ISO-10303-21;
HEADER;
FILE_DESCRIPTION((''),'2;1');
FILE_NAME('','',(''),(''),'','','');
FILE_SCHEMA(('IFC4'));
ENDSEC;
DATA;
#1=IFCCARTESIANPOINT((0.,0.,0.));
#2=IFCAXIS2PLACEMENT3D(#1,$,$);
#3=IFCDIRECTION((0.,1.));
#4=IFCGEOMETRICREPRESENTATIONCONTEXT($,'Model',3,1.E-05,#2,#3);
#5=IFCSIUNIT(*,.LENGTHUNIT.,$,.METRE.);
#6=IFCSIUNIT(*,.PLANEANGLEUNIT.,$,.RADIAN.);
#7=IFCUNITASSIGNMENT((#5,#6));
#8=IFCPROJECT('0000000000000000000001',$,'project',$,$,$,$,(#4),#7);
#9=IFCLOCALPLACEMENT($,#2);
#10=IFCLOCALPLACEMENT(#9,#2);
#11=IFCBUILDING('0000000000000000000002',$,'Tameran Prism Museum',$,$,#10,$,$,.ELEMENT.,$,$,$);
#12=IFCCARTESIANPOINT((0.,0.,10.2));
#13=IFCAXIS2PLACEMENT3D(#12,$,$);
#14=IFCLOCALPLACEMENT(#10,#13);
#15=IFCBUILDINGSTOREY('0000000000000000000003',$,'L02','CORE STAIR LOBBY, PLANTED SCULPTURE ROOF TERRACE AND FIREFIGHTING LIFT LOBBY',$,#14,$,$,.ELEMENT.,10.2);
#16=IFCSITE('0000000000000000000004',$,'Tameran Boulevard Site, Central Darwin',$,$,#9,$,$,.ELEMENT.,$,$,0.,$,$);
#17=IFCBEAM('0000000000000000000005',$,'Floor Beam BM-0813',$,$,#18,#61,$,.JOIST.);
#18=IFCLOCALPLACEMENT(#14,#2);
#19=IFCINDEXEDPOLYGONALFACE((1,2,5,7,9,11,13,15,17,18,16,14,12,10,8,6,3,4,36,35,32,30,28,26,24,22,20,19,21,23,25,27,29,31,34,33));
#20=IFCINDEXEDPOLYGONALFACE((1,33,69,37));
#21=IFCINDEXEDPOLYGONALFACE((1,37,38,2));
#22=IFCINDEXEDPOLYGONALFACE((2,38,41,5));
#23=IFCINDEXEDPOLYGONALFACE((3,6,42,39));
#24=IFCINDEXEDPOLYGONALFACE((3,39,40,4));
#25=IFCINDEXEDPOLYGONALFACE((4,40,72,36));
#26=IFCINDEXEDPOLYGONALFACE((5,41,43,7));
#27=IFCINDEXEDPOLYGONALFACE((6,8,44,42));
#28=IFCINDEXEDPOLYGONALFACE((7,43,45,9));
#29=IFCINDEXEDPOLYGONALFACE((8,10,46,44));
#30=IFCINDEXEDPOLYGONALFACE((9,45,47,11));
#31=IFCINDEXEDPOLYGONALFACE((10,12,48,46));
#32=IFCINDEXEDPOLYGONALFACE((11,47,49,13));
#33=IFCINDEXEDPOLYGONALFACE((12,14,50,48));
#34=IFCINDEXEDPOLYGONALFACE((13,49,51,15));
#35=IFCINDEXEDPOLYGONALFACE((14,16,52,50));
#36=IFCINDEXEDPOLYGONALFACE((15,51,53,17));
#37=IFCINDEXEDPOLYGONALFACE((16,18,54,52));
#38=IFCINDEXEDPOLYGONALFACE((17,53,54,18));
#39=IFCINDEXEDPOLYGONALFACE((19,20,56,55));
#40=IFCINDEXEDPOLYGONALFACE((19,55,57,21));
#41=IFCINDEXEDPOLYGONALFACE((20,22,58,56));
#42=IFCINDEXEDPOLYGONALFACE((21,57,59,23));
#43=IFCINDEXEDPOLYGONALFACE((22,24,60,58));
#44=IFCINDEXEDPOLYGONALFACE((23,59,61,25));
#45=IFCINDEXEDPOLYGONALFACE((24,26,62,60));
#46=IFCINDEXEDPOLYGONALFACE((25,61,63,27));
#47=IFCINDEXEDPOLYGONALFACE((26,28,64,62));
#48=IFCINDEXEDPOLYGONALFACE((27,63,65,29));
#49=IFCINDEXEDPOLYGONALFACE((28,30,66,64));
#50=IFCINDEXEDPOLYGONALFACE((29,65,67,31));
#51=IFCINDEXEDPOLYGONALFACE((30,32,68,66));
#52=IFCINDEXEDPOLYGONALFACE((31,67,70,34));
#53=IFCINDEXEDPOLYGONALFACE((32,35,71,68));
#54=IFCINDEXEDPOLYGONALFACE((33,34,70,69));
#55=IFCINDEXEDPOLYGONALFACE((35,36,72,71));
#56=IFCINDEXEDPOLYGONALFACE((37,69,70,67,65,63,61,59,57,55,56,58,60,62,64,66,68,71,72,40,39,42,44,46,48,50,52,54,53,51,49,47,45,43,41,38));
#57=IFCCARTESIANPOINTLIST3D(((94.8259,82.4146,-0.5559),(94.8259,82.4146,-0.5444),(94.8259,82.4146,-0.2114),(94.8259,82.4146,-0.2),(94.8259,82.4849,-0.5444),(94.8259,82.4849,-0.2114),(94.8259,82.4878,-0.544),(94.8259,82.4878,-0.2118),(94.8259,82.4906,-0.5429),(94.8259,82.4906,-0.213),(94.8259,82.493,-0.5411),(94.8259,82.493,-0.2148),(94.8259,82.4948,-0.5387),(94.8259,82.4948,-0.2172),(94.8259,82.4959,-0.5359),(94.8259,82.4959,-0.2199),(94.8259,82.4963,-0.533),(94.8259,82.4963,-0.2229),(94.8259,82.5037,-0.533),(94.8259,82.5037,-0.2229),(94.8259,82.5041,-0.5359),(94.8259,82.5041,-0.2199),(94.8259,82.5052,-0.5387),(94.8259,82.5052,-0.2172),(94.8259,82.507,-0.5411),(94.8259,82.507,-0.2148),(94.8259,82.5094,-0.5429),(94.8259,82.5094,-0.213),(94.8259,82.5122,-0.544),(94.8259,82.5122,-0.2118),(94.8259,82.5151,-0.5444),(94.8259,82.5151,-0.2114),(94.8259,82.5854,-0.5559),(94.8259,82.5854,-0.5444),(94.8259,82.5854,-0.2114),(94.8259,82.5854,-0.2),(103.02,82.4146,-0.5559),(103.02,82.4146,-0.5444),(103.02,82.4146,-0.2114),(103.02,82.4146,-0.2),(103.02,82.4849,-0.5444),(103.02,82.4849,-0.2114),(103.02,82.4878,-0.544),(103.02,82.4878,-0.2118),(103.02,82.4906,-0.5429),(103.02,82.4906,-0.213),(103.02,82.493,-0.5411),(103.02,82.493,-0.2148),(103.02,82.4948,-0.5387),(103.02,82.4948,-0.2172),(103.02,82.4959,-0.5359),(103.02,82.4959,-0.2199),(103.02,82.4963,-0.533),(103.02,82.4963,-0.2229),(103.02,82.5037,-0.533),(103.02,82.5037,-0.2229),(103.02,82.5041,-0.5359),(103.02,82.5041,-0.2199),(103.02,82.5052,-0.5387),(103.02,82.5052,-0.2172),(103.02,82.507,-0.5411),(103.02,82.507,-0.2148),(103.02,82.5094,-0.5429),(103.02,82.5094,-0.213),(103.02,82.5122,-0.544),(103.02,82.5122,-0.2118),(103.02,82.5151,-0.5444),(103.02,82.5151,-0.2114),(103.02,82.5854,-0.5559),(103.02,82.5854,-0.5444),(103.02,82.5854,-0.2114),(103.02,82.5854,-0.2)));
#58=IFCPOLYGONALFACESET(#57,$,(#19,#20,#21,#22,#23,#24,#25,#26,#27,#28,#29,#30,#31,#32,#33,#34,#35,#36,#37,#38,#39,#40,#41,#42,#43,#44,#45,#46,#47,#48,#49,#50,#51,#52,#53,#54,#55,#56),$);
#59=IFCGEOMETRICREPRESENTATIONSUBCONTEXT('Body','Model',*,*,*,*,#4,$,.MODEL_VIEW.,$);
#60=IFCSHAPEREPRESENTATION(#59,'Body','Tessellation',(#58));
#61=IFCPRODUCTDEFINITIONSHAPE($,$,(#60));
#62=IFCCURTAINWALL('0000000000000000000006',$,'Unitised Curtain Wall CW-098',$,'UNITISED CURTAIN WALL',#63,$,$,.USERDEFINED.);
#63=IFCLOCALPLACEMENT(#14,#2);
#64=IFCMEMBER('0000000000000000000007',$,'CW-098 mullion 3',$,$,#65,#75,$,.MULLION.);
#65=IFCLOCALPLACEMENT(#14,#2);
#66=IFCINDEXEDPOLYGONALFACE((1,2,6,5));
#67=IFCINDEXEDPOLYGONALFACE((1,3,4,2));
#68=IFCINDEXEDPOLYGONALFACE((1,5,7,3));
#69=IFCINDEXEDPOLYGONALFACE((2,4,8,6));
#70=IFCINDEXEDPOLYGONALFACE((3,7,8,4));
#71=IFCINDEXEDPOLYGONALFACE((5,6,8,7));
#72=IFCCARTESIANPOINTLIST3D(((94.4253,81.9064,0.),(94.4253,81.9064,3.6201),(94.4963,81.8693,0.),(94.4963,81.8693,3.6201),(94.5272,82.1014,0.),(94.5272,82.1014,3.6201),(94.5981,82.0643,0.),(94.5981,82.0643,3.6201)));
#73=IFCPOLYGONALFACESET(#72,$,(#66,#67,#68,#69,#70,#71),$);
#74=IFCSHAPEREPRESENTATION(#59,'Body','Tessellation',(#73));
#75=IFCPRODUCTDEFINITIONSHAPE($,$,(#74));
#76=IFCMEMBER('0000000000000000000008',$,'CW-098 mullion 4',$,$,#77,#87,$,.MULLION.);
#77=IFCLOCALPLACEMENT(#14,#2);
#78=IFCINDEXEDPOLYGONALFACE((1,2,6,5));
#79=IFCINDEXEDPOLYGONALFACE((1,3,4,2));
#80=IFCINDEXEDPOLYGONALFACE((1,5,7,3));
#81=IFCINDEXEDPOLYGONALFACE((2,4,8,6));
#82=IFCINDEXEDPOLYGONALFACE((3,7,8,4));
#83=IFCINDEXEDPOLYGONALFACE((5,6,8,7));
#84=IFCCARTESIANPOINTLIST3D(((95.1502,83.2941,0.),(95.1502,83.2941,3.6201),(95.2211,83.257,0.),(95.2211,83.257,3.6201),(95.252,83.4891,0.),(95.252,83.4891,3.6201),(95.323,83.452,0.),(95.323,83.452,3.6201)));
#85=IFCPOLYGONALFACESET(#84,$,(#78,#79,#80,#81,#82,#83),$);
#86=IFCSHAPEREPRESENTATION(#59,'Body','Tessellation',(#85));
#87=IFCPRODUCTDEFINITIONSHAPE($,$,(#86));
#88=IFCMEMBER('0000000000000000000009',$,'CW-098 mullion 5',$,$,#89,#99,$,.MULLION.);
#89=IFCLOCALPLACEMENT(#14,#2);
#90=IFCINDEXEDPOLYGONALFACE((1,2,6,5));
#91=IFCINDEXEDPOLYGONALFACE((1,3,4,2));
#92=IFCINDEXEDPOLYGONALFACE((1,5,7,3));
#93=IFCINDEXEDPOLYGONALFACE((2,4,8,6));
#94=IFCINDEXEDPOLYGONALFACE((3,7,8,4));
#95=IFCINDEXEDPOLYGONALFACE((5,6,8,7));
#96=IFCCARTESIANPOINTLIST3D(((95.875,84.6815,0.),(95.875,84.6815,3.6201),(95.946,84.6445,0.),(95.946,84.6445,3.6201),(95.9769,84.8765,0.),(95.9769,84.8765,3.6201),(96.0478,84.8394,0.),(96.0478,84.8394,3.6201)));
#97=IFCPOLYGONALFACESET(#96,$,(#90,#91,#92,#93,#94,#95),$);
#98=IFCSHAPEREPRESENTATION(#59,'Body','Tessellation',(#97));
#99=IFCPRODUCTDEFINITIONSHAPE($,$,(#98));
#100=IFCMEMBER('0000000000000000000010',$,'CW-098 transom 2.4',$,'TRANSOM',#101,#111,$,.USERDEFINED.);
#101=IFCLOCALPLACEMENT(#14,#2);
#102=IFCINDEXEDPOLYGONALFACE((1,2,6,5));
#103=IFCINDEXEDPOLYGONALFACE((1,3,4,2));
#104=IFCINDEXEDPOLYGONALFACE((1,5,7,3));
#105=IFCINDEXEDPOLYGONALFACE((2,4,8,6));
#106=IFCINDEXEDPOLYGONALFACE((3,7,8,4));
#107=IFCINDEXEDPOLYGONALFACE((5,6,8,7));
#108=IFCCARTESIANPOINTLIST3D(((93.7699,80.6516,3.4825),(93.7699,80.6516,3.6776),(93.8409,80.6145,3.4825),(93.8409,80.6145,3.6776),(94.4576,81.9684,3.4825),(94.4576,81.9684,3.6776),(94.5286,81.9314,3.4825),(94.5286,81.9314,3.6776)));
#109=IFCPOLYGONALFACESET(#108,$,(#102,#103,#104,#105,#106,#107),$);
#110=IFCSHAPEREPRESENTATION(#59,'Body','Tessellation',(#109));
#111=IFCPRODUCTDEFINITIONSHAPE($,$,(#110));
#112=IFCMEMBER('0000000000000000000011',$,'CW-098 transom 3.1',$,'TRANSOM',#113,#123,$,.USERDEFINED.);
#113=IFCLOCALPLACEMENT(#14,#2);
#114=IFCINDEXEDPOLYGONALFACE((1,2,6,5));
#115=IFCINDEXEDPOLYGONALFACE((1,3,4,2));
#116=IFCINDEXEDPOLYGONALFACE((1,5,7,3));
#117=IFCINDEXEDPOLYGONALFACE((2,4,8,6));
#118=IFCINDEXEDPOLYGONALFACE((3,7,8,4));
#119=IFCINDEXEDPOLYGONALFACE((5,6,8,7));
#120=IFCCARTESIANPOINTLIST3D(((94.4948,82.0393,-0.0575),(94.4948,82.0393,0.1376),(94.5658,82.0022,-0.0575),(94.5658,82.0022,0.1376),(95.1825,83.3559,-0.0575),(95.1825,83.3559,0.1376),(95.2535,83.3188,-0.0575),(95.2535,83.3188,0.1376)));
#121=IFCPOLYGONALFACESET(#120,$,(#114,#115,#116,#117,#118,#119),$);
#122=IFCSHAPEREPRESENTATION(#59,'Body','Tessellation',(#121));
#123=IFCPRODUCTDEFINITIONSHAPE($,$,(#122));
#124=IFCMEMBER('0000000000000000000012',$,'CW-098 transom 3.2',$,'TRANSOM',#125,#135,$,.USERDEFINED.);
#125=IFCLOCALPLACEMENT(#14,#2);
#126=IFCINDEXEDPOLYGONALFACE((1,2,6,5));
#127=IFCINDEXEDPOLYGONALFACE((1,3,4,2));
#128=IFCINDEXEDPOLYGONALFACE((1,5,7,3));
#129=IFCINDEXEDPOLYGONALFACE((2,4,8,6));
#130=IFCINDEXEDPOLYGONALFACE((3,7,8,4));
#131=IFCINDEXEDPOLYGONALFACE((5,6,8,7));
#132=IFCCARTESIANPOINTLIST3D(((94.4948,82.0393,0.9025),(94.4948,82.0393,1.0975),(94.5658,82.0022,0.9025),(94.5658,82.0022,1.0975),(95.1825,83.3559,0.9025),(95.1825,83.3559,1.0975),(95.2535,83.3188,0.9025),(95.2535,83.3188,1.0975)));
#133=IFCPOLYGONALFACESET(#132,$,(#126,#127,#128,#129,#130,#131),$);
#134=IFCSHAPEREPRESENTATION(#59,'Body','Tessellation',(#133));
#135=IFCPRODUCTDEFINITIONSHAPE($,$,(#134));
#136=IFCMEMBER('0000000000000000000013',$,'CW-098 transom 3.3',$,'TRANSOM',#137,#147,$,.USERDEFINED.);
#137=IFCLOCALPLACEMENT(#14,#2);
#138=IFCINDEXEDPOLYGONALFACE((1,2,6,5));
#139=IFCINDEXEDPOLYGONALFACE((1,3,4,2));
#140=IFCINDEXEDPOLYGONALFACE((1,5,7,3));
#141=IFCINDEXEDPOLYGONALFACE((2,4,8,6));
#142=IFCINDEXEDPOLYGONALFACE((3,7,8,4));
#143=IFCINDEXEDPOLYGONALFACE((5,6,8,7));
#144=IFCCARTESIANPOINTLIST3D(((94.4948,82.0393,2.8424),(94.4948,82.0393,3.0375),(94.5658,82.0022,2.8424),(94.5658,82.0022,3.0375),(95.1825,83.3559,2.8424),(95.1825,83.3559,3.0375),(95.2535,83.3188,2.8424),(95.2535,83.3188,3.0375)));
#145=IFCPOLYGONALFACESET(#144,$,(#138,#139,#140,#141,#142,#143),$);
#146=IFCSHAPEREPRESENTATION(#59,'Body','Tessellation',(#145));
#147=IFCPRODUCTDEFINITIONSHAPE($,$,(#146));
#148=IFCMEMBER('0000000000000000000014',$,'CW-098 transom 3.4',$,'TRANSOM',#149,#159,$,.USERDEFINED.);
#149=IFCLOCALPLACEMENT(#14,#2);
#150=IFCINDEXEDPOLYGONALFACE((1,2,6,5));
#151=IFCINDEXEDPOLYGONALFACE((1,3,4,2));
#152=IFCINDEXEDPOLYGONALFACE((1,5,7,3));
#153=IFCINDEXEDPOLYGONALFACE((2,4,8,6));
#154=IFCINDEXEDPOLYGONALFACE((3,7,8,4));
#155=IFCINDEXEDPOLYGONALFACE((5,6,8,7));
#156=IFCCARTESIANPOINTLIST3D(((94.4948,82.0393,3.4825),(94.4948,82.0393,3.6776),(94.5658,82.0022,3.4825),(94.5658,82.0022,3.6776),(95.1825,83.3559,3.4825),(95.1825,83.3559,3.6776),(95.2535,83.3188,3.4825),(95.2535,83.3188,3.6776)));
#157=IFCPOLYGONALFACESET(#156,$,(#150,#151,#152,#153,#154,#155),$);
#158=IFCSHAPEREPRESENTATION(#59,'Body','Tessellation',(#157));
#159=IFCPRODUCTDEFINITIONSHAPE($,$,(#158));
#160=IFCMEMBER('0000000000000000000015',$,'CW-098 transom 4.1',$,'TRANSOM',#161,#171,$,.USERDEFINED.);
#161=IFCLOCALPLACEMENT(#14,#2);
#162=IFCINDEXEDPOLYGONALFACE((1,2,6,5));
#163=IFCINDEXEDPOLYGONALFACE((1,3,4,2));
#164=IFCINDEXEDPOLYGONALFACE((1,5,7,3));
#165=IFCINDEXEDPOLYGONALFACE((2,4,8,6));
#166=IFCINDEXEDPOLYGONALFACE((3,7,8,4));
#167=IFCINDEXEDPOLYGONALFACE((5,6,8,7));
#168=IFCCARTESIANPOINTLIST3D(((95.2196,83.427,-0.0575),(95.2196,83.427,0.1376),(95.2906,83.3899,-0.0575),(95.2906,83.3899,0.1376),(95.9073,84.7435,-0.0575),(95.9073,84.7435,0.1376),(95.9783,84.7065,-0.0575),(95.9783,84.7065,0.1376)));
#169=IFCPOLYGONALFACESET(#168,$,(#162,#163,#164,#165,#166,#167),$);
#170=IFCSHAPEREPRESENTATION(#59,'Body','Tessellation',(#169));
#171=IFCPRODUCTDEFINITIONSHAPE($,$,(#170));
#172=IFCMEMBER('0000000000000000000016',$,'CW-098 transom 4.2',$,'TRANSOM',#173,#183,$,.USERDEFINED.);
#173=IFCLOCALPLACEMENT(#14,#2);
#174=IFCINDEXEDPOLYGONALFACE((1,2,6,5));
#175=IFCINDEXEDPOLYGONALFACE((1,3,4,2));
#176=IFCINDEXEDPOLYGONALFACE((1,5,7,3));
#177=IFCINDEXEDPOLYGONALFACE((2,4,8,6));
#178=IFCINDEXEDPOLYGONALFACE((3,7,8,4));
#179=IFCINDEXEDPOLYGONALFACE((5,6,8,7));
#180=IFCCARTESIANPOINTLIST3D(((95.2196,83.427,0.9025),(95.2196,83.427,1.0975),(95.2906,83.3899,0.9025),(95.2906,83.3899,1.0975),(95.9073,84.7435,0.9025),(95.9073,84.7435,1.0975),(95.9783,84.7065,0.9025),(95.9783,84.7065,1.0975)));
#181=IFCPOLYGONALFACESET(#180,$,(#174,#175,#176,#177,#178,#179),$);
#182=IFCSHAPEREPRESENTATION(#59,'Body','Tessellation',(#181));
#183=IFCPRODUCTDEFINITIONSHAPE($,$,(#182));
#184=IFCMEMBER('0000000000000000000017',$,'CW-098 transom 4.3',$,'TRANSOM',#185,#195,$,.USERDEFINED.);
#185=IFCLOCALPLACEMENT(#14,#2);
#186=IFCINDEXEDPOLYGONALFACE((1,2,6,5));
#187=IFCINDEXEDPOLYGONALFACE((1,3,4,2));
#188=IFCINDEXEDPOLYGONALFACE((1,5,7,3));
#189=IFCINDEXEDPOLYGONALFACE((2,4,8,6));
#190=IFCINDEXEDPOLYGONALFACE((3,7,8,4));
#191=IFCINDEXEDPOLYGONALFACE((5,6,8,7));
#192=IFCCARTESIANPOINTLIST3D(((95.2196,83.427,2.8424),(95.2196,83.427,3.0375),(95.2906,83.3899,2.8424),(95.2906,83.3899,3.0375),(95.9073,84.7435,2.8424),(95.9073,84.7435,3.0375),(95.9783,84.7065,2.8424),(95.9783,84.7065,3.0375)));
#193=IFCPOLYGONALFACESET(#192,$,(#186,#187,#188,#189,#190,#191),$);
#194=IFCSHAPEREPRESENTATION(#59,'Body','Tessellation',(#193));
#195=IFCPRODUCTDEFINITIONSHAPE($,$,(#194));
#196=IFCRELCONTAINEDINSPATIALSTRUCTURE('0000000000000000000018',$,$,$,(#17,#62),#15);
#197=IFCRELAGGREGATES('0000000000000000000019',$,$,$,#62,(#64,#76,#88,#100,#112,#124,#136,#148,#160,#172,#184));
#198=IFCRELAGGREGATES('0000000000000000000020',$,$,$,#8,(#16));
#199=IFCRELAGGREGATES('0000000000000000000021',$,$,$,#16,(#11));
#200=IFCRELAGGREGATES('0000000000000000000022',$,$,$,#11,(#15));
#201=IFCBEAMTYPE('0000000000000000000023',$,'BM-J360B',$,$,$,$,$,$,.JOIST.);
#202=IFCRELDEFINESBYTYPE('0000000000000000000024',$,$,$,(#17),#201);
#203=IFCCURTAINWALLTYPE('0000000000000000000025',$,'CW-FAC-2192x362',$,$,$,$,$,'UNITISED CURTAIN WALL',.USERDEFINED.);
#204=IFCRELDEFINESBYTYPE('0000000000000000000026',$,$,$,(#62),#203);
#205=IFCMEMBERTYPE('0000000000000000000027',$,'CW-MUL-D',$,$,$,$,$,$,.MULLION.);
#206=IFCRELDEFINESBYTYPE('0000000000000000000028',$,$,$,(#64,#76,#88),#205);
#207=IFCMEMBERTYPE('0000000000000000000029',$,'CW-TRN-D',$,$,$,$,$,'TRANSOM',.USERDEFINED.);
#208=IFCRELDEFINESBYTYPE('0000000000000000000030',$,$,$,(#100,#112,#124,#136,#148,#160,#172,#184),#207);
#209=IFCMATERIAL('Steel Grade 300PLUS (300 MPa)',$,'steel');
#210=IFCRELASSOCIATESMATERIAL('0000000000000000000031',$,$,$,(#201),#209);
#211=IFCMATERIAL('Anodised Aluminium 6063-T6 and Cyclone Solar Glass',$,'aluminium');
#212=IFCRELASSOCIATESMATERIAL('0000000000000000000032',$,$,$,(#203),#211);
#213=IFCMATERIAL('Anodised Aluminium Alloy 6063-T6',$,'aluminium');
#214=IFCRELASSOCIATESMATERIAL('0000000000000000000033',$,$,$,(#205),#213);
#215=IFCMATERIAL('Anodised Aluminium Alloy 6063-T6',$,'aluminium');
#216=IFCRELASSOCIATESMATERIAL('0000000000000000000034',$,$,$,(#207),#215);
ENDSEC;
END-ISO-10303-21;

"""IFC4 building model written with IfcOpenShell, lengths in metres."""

from ifc_helpers import new_model, si_unit, direction, frame, origin, origin_2d, place, context, subcontext, project, spatial, rectangle, i_section, extrude, material, material_profile, profile_set, type_object, element, aggregate, save


model = new_model("IFC4")

# Units and contexts
model_context = context("Model", 3, precision=1e-05, world=origin(), true_north=direction((0.0, 1.0)))
body_context = subcontext(model_context, "Body", "Model", "MODEL_VIEW")
ifc_project = project(units=[si_unit("LENGTHUNIT", "METRE"), si_unit("PLANEANGLEUNIT", "RADIAN")], contexts=[model_context])

# Site, building, storey
site_placement = place(None, origin())
site = spatial("IfcSite", under=ifc_project, at=site_placement, Name="Tameran Boulevard Site, Central Darwin", CompositionType="ELEMENT", RefElevation=0.0)
building_placement = place(site_placement, origin())
building = spatial("IfcBuilding", under=site, at=building_placement, Name="Tameran Prism Museum", CompositionType="ELEMENT")
storey_placement = place(building_placement, frame((0.0, 0.0, 10.2)))
storey = spatial("IfcBuildingStorey", under=building, at=storey_placement, Name="L02", Description="CORE STAIR LOBBY, PLANTED SCULPTURE ROOF TERRACE AND FIREFIGHTING LIFT LOBBY", CompositionType="ELEMENT", Elevation=10.2)

# Beam
ifc_material_1 = material(Name="Steel Grade 300PLUS (300 MPa)", Category="steel")
ifc_material_profile_1 = material_profile(ifc_material_1, i_section(OverallWidth=0.1709, OverallDepth=0.356, WebThickness=0.0073, FlangeThickness=0.0115, FilletRadius=0.0115, at=origin_2d()))
ifc_profile_set_1 = profile_set([ifc_material_profile_1])
beam_type = type_object("IfcBeamType", Name="BM-J360B", PredefinedType="JOIST", material=ifc_profile_set_1)
beam_placement = place(storey_placement, frame((94.8259, 82.5, -0.3779), z_axis=(1.0, 0.0, 0.0), x_axis=(0.0, 1.0, 0.0)))
element("IfcBeam", 1, at=beam_placement, inside=storey, type_object=beam_type, Name="Floor Beam BM-0813", PredefinedType="JOIST", context=body_context, shape_type="SweptSolid", body=[
    extrude(i_section(OverallWidth=0.1709, OverallDepth=0.356, WebThickness=0.0073, FlangeThickness=0.0115, FilletRadius=0.0115, at=origin_2d()), origin(), (0.0, 0.0, 1.0), 8.1941),
])

# Curtain wall, members
ifc_material_2 = material(Name="Anodised Aluminium 6063-T6 and Cyclone Solar Glass", Category="aluminium")
curtain_wall_type = type_object("IfcCurtainWallType", Name="CW-FAC-2192x362", ElementType="UNITISED CURTAIN WALL", PredefinedType="USERDEFINED", material=ifc_material_2)
curtain_wall_placement = place(storey_placement, origin())
curtain_wall = element("IfcCurtainWall", 2, at=curtain_wall_placement, inside=storey, type_object=curtain_wall_type, Name="Unitised Curtain Wall CW-098", ObjectType="UNITISED CURTAIN WALL", PredefinedType="USERDEFINED")
ifc_material_3 = material(Name="Anodised Aluminium Alloy 6063-T6", Category="aluminium")
ifc_material_profile_2 = material_profile(ifc_material_3, rectangle(XDim=0.0801, YDim=0.22, at=origin_2d()))
ifc_profile_set_2 = profile_set([ifc_material_profile_2])
member_type_1 = type_object("IfcMemberType", Name="CW-MUL-D", PredefinedType="MULLION", material=ifc_profile_set_2)
member_1_placement = place(storey_placement, frame((94.5117, 81.9854, 0.0), z_axis=(0.0, 0.0, 1.0), x_axis=(-0.886357, 0.463003, 0.0)))
member_1 = element("IfcMember", 3, at=member_1_placement, type_object=member_type_1, Name="CW-098 mullion 3", PredefinedType="MULLION", context=body_context, shape_type="SweptSolid", body=[
    extrude(rectangle(XDim=0.0801, YDim=0.22, at=origin_2d()), origin(), (0.0, 0.0, 1.0), 3.6201),
])
member_2_placement = place(storey_placement, frame((95.2366, 83.373, 0.0), z_axis=(0.0, 0.0, 1.0), x_axis=(-0.886357, 0.463003, 0.0)))
member_2 = element("IfcMember", 4, at=member_2_placement, type_object=member_type_1, Name="CW-098 mullion 4", PredefinedType="MULLION", context=body_context, shape_type="SweptSolid", body=[
    extrude(rectangle(XDim=0.0801, YDim=0.22, at=origin_2d()), origin(), (0.0, 0.0, 1.0), 3.6201),
])
member_3_placement = place(storey_placement, frame((95.9614, 84.7605, 0.0), z_axis=(0.0, 0.0, 1.0), x_axis=(-0.886357, 0.463003, 0.0)))
member_3 = element("IfcMember", 5, at=member_3_placement, type_object=member_type_1, Name="CW-098 mullion 5", PredefinedType="MULLION", context=body_context, shape_type="SweptSolid", body=[
    extrude(rectangle(XDim=0.0801, YDim=0.22, at=origin_2d()), origin(), (0.0, 0.0, 1.0), 3.6201),
])
ifc_material_4 = material(Name="Anodised Aluminium Alloy 6063-T6", Category="aluminium")
ifc_material_profile_3 = material_profile(ifc_material_4, rectangle(XDim=0.0801, YDim=0.1951, at=origin_2d()))
ifc_profile_set_3 = profile_set([ifc_material_profile_3])
member_type_2 = type_object("IfcMemberType", Name="CW-TRN-D", ElementType="TRANSOM", PredefinedType="USERDEFINED", material=ifc_profile_set_3)
member_4_placement = place(storey_placement, frame((93.8054, 80.6331, 3.5801), z_axis=(0.46292, 0.8864, 0.0), x_axis=(-0.8864, 0.46292, 0.0)))
member_4 = element("IfcMember", 6, at=member_4_placement, type_object=member_type_2, Name="CW-098 transom 2.4", ObjectType="TRANSOM", PredefinedType="USERDEFINED", context=body_context, shape_type="SweptSolid", body=[
    extrude(rectangle(XDim=0.0801, YDim=0.1951, at=origin_2d()), origin(), (0.0, 0.0, 1.0), 1.4856),
])
member_5_placement = place(storey_placement, frame((94.5303, 82.0208, 0.04), z_axis=(0.462987, 0.886365, 0.0), x_axis=(-0.886365, 0.462987, 0.0)))
member_5 = element("IfcMember", 7, at=member_5_placement, type_object=member_type_2, Name="CW-098 transom 3.1", ObjectType="TRANSOM", PredefinedType="USERDEFINED", context=body_context, shape_type="SweptSolid", body=[
    extrude(rectangle(XDim=0.0801, YDim=0.1951, at=origin_2d()), origin(), (0.0, 0.0, 1.0), 1.4854),
])
member_6_placement = place(storey_placement, frame((94.5303, 82.0208, 1.0), z_axis=(0.462987, 0.886365, 0.0), x_axis=(-0.886365, 0.462987, 0.0)))
member_6 = element("IfcMember", 8, at=member_6_placement, type_object=member_type_2, Name="CW-098 transom 3.2", ObjectType="TRANSOM", PredefinedType="USERDEFINED", context=body_context, shape_type="SweptSolid", body=[
    extrude(rectangle(XDim=0.0801, YDim=0.1951, at=origin_2d()), origin(), (0.0, 0.0, 1.0), 1.4854),
])
member_7_placement = place(storey_placement, frame((94.5303, 82.0208, 2.9399), z_axis=(0.462987, 0.886365, 0.0), x_axis=(-0.886365, 0.462987, 0.0)))
member_7 = element("IfcMember", 9, at=member_7_placement, type_object=member_type_2, Name="CW-098 transom 3.3", ObjectType="TRANSOM", PredefinedType="USERDEFINED", context=body_context, shape_type="SweptSolid", body=[
    extrude(rectangle(XDim=0.0801, YDim=0.1951, at=origin_2d()), origin(), (0.0, 0.0, 1.0), 1.4854),
])
member_8_placement = place(storey_placement, frame((94.5303, 82.0208, 3.5801), z_axis=(0.462987, 0.886365, 0.0), x_axis=(-0.886365, 0.462987, 0.0)))
member_8 = element("IfcMember", 10, at=member_8_placement, type_object=member_type_2, Name="CW-098 transom 3.4", ObjectType="TRANSOM", PredefinedType="USERDEFINED", context=body_context, shape_type="SweptSolid", body=[
    extrude(rectangle(XDim=0.0801, YDim=0.1951, at=origin_2d()), origin(), (0.0, 0.0, 1.0), 1.4854),
])
member_9_placement = place(storey_placement, frame((95.2551, 83.4084, 0.04), z_axis=(0.462987, 0.886365, 0.0), x_axis=(-0.886365, 0.462987, 0.0)))
member_9 = element("IfcMember", 11, at=member_9_placement, type_object=member_type_2, Name="CW-098 transom 4.1", ObjectType="TRANSOM", PredefinedType="USERDEFINED", context=body_context, shape_type="SweptSolid", body=[
    extrude(rectangle(XDim=0.0801, YDim=0.1951, at=origin_2d()), origin(), (0.0, 0.0, 1.0), 1.4854),
])
member_10_placement = place(storey_placement, frame((95.2551, 83.4084, 1.0), z_axis=(0.462987, 0.886365, 0.0), x_axis=(-0.886365, 0.462987, 0.0)))
member_10 = element("IfcMember", 12, at=member_10_placement, type_object=member_type_2, Name="CW-098 transom 4.2", ObjectType="TRANSOM", PredefinedType="USERDEFINED", context=body_context, shape_type="SweptSolid", body=[
    extrude(rectangle(XDim=0.0801, YDim=0.1951, at=origin_2d()), origin(), (0.0, 0.0, 1.0), 1.4854),
])
member_11_placement = place(storey_placement, frame((95.2551, 83.4084, 2.9399), z_axis=(0.462987, 0.886365, 0.0), x_axis=(-0.886365, 0.462987, 0.0)))
member_11 = element("IfcMember", 13, at=member_11_placement, type_object=member_type_2, Name="CW-098 transom 4.3", ObjectType="TRANSOM", PredefinedType="USERDEFINED", context=body_context, shape_type="SweptSolid", body=[
    extrude(rectangle(XDim=0.0801, YDim=0.1951, at=origin_2d()), origin(), (0.0, 0.0, 1.0), 1.4854),
])
aggregate(curtain_wall, [member_1, member_2, member_3, member_4, member_5, member_6, member_7, member_8, member_9, member_10, member_11])

save(model, "model.ifc")
